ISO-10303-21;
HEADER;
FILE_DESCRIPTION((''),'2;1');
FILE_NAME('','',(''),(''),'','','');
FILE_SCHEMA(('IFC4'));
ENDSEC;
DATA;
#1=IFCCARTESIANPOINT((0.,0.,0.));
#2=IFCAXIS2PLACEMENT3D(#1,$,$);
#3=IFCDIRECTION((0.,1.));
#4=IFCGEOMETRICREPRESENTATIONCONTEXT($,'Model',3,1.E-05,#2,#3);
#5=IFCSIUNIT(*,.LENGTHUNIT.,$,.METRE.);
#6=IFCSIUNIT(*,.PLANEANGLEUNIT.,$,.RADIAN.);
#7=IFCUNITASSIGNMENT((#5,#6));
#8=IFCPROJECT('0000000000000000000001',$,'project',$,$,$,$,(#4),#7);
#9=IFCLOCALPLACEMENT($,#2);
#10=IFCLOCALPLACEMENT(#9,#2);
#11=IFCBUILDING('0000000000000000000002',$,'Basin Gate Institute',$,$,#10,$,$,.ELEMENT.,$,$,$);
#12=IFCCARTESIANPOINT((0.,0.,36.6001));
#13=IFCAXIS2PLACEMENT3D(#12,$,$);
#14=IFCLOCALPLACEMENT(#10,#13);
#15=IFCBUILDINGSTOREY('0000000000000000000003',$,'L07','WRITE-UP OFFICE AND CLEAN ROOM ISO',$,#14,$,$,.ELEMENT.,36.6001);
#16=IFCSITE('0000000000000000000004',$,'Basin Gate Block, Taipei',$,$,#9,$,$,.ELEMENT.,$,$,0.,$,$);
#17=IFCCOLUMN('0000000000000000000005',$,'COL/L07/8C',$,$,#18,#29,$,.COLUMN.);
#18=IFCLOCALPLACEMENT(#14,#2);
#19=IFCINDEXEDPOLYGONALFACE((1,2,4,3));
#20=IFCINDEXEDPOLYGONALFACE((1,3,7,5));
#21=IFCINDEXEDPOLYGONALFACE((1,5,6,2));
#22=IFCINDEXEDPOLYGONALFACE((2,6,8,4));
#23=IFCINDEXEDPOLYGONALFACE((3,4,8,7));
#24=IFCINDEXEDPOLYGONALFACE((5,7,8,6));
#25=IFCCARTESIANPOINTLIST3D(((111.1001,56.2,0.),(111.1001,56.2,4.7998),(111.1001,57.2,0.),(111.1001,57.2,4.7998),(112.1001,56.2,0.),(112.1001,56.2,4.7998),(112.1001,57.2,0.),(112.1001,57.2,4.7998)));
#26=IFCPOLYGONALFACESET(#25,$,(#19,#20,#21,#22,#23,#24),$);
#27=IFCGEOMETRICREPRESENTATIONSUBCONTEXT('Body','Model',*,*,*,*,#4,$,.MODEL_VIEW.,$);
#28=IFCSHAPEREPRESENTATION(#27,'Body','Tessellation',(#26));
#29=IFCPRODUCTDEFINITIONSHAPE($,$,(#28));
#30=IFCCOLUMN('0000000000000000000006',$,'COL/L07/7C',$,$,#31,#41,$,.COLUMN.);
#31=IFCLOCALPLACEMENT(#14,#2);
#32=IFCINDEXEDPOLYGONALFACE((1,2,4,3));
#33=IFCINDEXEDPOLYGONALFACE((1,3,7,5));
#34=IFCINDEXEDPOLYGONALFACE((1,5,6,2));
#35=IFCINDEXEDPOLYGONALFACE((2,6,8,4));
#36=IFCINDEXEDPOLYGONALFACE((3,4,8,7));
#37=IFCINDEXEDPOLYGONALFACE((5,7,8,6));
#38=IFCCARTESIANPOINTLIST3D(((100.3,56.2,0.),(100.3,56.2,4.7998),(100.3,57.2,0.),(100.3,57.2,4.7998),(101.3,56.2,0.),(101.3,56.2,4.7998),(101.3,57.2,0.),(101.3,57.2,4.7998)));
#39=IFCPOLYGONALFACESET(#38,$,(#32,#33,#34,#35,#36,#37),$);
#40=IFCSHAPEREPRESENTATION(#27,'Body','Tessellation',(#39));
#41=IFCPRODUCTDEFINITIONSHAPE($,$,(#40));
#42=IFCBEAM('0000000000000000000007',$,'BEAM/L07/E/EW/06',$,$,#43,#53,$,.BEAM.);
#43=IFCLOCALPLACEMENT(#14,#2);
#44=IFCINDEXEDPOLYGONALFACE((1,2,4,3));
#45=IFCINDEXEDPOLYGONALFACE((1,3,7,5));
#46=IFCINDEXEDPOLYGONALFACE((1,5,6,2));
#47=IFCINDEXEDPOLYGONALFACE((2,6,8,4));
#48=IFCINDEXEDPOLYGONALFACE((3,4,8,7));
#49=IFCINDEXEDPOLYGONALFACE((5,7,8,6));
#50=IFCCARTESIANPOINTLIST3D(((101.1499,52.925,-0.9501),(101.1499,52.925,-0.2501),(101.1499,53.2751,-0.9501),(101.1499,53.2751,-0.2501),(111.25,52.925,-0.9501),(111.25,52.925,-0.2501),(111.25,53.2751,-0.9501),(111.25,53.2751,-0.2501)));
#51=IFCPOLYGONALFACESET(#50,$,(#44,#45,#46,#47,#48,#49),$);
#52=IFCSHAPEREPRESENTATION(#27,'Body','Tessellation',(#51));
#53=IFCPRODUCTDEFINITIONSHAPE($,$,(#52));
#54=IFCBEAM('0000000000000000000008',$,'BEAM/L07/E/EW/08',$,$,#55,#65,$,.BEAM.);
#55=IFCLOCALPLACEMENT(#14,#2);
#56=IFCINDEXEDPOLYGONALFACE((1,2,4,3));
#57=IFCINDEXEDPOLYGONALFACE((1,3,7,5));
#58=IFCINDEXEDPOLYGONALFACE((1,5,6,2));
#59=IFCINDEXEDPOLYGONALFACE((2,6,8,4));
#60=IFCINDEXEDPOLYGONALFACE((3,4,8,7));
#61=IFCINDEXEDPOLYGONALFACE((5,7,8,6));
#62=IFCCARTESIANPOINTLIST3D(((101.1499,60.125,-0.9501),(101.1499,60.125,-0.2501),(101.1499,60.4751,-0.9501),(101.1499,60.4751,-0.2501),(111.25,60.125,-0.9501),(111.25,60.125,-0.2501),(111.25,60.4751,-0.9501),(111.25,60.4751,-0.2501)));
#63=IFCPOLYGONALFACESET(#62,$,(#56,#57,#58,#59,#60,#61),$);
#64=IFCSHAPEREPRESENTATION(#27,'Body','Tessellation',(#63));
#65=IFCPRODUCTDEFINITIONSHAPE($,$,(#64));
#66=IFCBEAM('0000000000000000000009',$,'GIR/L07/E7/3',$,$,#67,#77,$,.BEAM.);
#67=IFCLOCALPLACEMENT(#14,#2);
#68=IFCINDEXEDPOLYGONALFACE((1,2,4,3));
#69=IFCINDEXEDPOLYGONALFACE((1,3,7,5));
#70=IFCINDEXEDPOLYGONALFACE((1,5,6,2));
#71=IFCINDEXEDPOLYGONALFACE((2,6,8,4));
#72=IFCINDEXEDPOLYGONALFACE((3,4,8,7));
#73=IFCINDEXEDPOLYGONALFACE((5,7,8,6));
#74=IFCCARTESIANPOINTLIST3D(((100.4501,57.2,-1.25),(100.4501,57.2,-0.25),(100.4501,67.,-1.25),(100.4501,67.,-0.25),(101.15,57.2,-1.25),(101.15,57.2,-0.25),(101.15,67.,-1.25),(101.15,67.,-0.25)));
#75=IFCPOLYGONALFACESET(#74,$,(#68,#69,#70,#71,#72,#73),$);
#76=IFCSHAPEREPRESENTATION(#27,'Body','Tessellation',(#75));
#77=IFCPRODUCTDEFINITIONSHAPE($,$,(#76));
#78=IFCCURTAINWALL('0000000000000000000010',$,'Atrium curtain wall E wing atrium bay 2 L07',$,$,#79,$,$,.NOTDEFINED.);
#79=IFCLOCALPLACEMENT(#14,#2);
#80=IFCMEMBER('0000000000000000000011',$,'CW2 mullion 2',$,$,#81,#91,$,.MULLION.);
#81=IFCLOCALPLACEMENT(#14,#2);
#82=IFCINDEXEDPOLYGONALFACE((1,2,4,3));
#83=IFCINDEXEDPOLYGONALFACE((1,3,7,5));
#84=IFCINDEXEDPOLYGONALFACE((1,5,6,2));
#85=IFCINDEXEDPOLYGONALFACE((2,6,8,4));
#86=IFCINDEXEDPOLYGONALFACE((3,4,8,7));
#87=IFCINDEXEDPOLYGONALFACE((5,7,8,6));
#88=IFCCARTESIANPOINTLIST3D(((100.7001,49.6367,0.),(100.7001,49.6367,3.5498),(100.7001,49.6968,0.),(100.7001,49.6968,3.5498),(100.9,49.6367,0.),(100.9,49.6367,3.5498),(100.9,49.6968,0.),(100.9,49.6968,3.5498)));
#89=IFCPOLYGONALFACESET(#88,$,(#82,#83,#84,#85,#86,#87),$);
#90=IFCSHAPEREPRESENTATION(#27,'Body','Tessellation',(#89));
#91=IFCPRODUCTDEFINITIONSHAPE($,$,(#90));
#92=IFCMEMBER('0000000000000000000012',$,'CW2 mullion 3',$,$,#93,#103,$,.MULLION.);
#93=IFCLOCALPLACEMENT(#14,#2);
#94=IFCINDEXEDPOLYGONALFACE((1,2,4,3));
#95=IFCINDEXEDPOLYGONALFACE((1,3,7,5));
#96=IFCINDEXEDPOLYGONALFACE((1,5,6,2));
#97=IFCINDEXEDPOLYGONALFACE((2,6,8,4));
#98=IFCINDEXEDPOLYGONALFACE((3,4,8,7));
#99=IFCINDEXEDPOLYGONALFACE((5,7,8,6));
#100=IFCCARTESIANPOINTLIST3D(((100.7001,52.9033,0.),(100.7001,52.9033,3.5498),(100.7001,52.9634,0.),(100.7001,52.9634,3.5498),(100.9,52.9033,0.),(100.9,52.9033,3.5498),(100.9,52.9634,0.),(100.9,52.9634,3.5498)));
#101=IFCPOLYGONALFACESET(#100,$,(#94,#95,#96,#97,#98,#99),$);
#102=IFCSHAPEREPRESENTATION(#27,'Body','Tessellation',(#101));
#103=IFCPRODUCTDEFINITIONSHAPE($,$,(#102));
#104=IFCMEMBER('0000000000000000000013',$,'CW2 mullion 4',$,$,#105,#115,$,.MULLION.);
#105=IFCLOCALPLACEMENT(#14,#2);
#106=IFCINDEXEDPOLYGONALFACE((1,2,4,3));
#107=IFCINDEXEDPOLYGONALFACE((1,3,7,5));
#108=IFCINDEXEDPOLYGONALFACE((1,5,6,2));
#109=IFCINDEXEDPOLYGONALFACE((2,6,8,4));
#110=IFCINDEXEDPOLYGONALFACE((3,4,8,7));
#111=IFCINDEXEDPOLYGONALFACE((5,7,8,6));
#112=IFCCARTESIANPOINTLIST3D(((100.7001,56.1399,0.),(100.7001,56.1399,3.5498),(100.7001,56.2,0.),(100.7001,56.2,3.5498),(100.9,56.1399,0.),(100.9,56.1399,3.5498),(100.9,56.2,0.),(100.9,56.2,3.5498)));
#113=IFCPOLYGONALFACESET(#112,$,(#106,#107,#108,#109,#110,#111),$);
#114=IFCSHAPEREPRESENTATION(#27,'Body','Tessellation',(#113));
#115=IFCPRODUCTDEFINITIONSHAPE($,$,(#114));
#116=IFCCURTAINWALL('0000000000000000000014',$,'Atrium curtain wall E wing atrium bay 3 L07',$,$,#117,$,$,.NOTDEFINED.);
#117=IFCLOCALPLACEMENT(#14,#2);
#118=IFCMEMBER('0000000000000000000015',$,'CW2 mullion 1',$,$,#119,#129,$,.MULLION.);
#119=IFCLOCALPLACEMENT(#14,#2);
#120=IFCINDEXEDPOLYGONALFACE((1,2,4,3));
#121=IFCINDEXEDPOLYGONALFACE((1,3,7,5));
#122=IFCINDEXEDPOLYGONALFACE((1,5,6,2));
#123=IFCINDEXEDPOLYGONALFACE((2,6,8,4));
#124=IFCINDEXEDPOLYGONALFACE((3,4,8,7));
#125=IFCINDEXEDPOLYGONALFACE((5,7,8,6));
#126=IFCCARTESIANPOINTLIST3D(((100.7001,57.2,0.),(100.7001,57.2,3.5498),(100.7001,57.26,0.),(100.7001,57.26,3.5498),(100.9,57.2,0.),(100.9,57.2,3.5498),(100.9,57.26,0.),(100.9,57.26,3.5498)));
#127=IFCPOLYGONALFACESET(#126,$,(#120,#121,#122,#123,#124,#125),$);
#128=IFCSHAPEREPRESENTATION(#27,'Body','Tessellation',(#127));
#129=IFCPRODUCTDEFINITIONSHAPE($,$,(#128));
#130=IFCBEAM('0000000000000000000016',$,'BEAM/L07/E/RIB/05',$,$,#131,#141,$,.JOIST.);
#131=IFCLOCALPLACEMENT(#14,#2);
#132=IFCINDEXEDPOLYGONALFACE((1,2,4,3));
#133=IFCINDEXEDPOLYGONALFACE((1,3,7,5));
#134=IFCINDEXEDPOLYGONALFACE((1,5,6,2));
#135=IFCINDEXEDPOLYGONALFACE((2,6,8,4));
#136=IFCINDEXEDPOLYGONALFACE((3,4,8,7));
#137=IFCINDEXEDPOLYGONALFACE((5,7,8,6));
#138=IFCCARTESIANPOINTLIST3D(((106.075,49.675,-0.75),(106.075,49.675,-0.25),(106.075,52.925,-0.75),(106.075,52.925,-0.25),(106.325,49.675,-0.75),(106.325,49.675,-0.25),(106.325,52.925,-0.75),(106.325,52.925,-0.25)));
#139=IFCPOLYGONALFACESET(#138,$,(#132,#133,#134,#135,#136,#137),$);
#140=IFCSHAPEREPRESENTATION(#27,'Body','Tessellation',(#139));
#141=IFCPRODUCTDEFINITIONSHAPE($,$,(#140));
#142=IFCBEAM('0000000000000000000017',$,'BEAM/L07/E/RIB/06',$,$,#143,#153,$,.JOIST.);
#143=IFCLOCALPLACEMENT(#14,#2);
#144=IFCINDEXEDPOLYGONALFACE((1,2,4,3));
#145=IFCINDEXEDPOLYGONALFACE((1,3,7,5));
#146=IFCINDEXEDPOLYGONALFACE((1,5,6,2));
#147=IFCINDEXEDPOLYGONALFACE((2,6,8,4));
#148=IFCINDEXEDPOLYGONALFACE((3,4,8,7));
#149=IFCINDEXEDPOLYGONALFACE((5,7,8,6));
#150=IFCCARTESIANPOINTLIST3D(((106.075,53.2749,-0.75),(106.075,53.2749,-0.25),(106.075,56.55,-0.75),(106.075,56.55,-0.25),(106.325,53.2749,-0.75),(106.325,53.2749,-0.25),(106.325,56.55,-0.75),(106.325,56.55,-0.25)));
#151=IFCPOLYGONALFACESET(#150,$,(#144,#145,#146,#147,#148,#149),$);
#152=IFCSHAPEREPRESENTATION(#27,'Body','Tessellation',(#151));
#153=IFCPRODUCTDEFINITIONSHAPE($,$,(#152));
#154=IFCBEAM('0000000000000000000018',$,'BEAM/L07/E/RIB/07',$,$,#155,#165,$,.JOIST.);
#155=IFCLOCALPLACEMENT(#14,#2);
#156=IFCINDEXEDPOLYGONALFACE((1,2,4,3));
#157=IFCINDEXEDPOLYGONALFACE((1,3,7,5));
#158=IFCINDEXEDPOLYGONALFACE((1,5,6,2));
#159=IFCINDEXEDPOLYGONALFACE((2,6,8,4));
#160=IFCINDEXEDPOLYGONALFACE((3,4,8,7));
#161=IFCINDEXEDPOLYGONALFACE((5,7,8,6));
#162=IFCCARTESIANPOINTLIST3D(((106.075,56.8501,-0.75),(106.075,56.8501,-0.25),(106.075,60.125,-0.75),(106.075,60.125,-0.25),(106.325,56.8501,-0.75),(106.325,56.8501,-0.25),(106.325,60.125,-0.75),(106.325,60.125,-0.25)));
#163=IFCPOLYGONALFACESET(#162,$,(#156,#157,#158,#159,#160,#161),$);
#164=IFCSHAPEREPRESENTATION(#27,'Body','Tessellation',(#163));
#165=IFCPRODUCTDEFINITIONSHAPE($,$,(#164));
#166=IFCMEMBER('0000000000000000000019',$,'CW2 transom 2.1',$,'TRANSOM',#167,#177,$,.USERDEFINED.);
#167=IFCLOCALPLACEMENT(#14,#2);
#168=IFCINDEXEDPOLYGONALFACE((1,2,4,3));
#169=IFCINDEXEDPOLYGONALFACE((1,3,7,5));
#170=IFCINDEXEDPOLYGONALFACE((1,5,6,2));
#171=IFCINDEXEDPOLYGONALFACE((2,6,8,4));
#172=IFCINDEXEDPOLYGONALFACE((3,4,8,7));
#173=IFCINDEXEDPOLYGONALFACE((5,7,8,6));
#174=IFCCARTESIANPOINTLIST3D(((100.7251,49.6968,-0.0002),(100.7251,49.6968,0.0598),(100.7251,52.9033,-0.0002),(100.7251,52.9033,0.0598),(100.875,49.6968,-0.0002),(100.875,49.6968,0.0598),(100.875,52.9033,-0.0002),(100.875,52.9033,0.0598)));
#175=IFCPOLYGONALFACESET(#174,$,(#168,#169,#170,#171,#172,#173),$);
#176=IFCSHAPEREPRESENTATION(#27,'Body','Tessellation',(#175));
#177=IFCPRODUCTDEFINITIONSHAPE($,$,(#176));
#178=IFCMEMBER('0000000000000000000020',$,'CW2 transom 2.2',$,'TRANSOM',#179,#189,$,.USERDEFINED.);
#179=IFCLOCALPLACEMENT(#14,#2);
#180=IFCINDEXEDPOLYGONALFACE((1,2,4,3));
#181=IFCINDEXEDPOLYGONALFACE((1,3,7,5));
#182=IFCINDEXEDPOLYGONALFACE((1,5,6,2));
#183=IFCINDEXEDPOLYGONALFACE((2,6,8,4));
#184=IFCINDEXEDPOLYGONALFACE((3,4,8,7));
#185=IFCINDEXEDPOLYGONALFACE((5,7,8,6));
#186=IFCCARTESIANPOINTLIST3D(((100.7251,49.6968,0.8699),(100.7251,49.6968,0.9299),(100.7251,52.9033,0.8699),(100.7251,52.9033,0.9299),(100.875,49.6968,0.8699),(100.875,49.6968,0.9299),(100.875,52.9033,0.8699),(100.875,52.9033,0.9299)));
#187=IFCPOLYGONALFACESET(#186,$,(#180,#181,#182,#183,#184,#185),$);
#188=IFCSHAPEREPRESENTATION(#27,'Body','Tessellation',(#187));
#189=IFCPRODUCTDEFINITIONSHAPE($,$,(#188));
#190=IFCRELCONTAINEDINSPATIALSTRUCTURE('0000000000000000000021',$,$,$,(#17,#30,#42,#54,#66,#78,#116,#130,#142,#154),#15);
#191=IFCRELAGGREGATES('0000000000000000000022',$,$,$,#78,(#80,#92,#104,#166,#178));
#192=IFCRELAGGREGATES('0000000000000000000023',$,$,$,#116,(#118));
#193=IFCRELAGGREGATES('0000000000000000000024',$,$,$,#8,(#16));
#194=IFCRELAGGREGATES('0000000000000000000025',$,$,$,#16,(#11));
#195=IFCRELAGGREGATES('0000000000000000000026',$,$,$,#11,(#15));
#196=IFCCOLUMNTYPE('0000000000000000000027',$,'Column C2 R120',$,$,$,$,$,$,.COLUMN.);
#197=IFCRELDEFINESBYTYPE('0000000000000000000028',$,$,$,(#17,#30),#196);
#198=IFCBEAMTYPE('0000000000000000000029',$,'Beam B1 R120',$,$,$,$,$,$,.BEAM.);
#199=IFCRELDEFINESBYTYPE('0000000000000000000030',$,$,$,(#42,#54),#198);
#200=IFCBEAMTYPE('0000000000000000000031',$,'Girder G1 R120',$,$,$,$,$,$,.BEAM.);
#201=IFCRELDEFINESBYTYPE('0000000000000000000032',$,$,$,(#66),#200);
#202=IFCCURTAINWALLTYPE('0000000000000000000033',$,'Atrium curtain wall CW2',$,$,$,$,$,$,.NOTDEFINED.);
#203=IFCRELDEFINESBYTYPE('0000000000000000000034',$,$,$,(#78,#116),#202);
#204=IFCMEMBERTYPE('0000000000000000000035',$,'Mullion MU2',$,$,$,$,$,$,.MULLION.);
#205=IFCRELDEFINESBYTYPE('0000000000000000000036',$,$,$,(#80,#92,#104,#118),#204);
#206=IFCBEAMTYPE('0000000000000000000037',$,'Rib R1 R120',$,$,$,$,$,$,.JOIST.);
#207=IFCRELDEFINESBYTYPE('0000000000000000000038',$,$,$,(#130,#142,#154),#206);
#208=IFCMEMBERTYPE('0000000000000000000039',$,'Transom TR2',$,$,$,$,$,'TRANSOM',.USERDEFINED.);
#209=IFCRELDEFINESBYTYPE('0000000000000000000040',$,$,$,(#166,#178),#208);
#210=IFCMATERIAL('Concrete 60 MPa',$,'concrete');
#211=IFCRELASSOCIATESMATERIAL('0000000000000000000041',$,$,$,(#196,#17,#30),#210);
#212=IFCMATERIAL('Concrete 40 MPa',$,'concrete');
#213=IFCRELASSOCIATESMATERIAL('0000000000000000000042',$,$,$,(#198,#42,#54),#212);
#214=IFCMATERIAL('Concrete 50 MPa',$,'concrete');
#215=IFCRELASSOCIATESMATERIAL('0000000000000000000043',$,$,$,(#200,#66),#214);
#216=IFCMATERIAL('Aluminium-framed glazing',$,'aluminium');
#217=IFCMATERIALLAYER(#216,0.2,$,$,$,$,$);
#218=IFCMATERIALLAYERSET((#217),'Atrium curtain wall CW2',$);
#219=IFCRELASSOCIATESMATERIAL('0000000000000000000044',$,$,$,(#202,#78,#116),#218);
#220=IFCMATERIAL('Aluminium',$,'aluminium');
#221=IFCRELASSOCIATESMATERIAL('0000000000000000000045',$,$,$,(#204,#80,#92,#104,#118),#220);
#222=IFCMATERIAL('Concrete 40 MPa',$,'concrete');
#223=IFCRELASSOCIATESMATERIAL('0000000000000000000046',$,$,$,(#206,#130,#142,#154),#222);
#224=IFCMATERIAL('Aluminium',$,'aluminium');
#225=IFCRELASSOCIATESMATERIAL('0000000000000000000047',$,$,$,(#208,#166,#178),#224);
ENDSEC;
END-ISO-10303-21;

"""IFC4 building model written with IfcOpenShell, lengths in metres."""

from ifc_helpers import new_model, si_unit, direction, frame, origin, origin_2d, place, context, subcontext, project, spatial, rectangle, extrude, material, layer, layer_set, material_profile, profile_set, type_object, element, aggregate, save


model = new_model("IFC4")

# Units and contexts
model_context = context("Model", 3, precision=1e-05, world=origin(), true_north=direction((0.0, 1.0)))
body_context = subcontext(model_context, "Body", "Model", "MODEL_VIEW")
ifc_project = project(units=[si_unit("LENGTHUNIT", "METRE"), si_unit("PLANEANGLEUNIT", "RADIAN")], contexts=[model_context])

# Site, building, storey
site_placement = place(None, origin())
site = spatial("IfcSite", under=ifc_project, at=site_placement, Name="Basin Gate Block, Taipei", CompositionType="ELEMENT", RefElevation=0.0)
building_placement = place(site_placement, origin())
building = spatial("IfcBuilding", under=site, at=building_placement, Name="Basin Gate Institute", CompositionType="ELEMENT")
storey_placement = place(building_placement, frame((0.0, 0.0, 36.6001)))
storey = spatial("IfcBuildingStorey", under=building, at=storey_placement, Name="L07", Description="WRITE-UP OFFICE AND CLEAN ROOM ISO", CompositionType="ELEMENT", Elevation=36.6001)

# Columns
ifc_material_1 = material(Name="Concrete 60 MPa", Category="concrete")
ifc_material_profile_1 = material_profile(ifc_material_1, rectangle(XDim=1.0, YDim=1.0, at=origin_2d()), Name="Column C2 1000 x 1000")
ifc_profile_set_1 = profile_set([ifc_material_profile_1], Name="Concrete 60 MPa")
column_type = type_object("IfcColumnType", Name="Column C2 R120", PredefinedType="COLUMN", material=ifc_profile_set_1)
for number, where, z_axis, x_axis, name in (
    (1, (111.6001, 56.7, 0.0), (0.0, 0.0, 1.0), (1.0, 0.0, 0.0), "COL/L07/8C"),
    (2, (100.8, 56.7, 0.0), (0.0, 0.0, 1.0), (1.0, 0.0, 0.0), "COL/L07/7C"),
):
    element("IfcColumn", number, at=place(storey_placement, frame(where, z_axis=z_axis, x_axis=x_axis)), inside=storey, type_object=column_type, material=ifc_profile_set_1, Name=name, PredefinedType="COLUMN", context=body_context, shape_type="SweptSolid", body=[
        extrude(rectangle(XDim=1.0, YDim=1.0, at=origin_2d()), origin(), (0.0, 0.0, 1.0), 4.7998),
    ])

# Beams
ifc_material_2 = material(Name="Concrete 40 MPa", Category="concrete")
ifc_material_profile_2 = material_profile(ifc_material_2, rectangle(XDim=0.3501, YDim=0.7, at=origin_2d()), Name="Beam B1 350 x 700")
ifc_profile_set_2 = profile_set([ifc_material_profile_2], Name="Concrete 40 MPa")
beam_type_1 = type_object("IfcBeamType", Name="Beam B1 R120", PredefinedType="BEAM", material=ifc_profile_set_2)
for number, where, z_axis, x_axis, name in (
    (3, (111.25, 53.1001, -0.6001), (-1.0, 0.0, 0.0), (0.0, -1.0, 0.0), "BEAM/L07/E/EW/06"),
    (4, (111.25, 60.3, -0.6001), (-1.0, 0.0, 0.0), (0.0, -1.0, 0.0), "BEAM/L07/E/EW/08"),
):
    element("IfcBeam", number, at=place(storey_placement, frame(where, z_axis=z_axis, x_axis=x_axis)), inside=storey, type_object=beam_type_1, material=ifc_profile_set_2, Name=name, PredefinedType="BEAM", context=body_context, shape_type="SweptSolid", body=[
        extrude(rectangle(XDim=0.3501, YDim=0.7, at=origin_2d()), origin(), (0.0, 0.0, 1.0), 10.1001),
    ])
ifc_material_3 = material(Name="Concrete 50 MPa", Category="concrete")
ifc_material_profile_3 = material_profile(ifc_material_3, rectangle(XDim=0.7, YDim=1.0, at=origin_2d()), Name="Girder G1 700 x 1000")
ifc_profile_set_3 = profile_set([ifc_material_profile_3], Name="Concrete 50 MPa")
beam_type_2 = type_object("IfcBeamType", Name="Girder G1 R120", PredefinedType="BEAM", material=ifc_profile_set_3)
beam_1_placement = place(storey_placement, frame((100.8, 57.2, -0.75), z_axis=(0.0, 1.0, 0.0), x_axis=(-1.0, 0.0, 0.0)))
element("IfcBeam", 5, at=beam_1_placement, inside=storey, type_object=beam_type_2, material=ifc_profile_set_3, Name="GIR/L07/E7/3", PredefinedType="BEAM", context=body_context, shape_type="SweptSolid", body=[
    extrude(rectangle(XDim=0.7, YDim=1.0, at=origin_2d()), origin(), (0.0, 0.0, 1.0), 9.8),
])

# Curtain wall, members
ifc_material_4 = material(Name="Aluminium-framed glazing", Category="aluminium")
ifc_layer_1 = layer(ifc_material_4, 0.2)
ifc_layer_set_1 = layer_set([ifc_layer_1], Name="Atrium curtain wall CW2")
curtain_wall_type = type_object("IfcCurtainWallType", Name="Atrium curtain wall CW2", PredefinedType="NOTDEFINED", material=ifc_layer_set_1)
curtain_wall_1_placement = place(storey_placement, origin())
curtain_wall_1 = element("IfcCurtainWall", 6, at=curtain_wall_1_placement, inside=storey, type_object=curtain_wall_type, material=ifc_layer_set_1, Name="Atrium curtain wall E wing atrium bay 2 L07", PredefinedType="NOTDEFINED")
ifc_material_5 = material(Name="Aluminium", Category="aluminium")
ifc_material_profile_4 = material_profile(ifc_material_5, rectangle(XDim=0.2, YDim=0.0601, at=origin_2d()), Name="Mullion MU2 200 x 60")
ifc_profile_set_4 = profile_set([ifc_material_profile_4], Name="Aluminium")
member_type_1 = type_object("IfcMemberType", Name="Mullion MU2", PredefinedType="MULLION", material=ifc_profile_set_4)
member_1_placement = place(storey_placement, frame((100.8, 49.6667, 0.0), z_axis=(0.0, 0.0, 1.0), x_axis=(-1.0, 0.0, 0.0)))
member_1 = element("IfcMember", 7, at=member_1_placement, type_object=member_type_1, material=ifc_profile_set_4, Name="CW2 mullion 2", PredefinedType="MULLION", context=body_context, shape_type="SweptSolid", body=[
    extrude(rectangle(XDim=0.2, YDim=0.0601, at=origin_2d()), origin(), (0.0, 0.0, 1.0), 3.5498),
])
member_2_placement = place(storey_placement, frame((100.8, 52.9333, 0.0), z_axis=(0.0, 0.0, 1.0), x_axis=(-1.0, 0.0, 0.0)))
member_2 = element("IfcMember", 8, at=member_2_placement, type_object=member_type_1, material=ifc_profile_set_4, Name="CW2 mullion 3", PredefinedType="MULLION", context=body_context, shape_type="SweptSolid", body=[
    extrude(rectangle(XDim=0.2, YDim=0.0601, at=origin_2d()), origin(), (0.0, 0.0, 1.0), 3.5498),
])
member_3_placement = place(storey_placement, frame((100.8, 56.1699, 0.0), z_axis=(0.0, 0.0, 1.0), x_axis=(-1.0, 0.0, 0.0)))
member_3 = element("IfcMember", 9, at=member_3_placement, type_object=member_type_1, material=ifc_profile_set_4, Name="CW2 mullion 4", PredefinedType="MULLION", context=body_context, shape_type="SweptSolid", body=[
    extrude(rectangle(XDim=0.2, YDim=0.0601, at=origin_2d()), origin(), (0.0, 0.0, 1.0), 3.5498),
])

# Curtain wall, member
curtain_wall_2_placement = place(storey_placement, origin())
curtain_wall_2 = element("IfcCurtainWall", 10, at=curtain_wall_2_placement, inside=storey, type_object=curtain_wall_type, material=ifc_layer_set_1, Name="Atrium curtain wall E wing atrium bay 3 L07", PredefinedType="NOTDEFINED")
member_4_placement = place(storey_placement, frame((100.8, 57.23, 0.0), z_axis=(0.0, 0.0, 1.0), x_axis=(-1.0, 0.0, 0.0)))
member_4 = element("IfcMember", 11, at=member_4_placement, type_object=member_type_1, material=ifc_profile_set_4, Name="CW2 mullion 1", PredefinedType="MULLION", context=body_context, shape_type="SweptSolid", body=[
    extrude(rectangle(XDim=0.2, YDim=0.0601, at=origin_2d()), origin(), (0.0, 0.0, 1.0), 3.5498),
])

# Beams
ifc_material_6 = material(Name="Concrete 40 MPa", Category="concrete")
ifc_material_profile_5 = material_profile(ifc_material_6, rectangle(XDim=0.25, YDim=0.5, at=origin_2d()), Name="Rib R1 250 x 500")
ifc_profile_set_5 = profile_set([ifc_material_profile_5], Name="Concrete 40 MPa")
beam_type_3 = type_object("IfcBeamType", Name="Rib R1 R120", PredefinedType="JOIST", material=ifc_profile_set_5)
beam_2_placement = place(storey_placement, frame((106.2, 49.675, -0.5), z_axis=(0.0, 1.0, 0.0), x_axis=(-1.0, 0.0, 0.0)))
element("IfcBeam", 12, at=beam_2_placement, inside=storey, type_object=beam_type_3, material=ifc_profile_set_5, Name="BEAM/L07/E/RIB/05", PredefinedType="JOIST", context=body_context, shape_type="SweptSolid", body=[
    extrude(rectangle(XDim=0.25, YDim=0.5, at=origin_2d()), origin(), (0.0, 0.0, 1.0), 3.25),
])
beam_3_placement = place(storey_placement, frame((106.2, 53.2749, -0.5), z_axis=(0.0, 1.0, 0.0), x_axis=(-1.0, 0.0, 0.0)))
element("IfcBeam", 13, at=beam_3_placement, inside=storey, type_object=beam_type_3, material=ifc_profile_set_5, Name="BEAM/L07/E/RIB/06", PredefinedType="JOIST", context=body_context, shape_type="SweptSolid", body=[
    extrude(rectangle(XDim=0.25, YDim=0.5, at=origin_2d()), origin(), (0.0, 0.0, 1.0), 3.2751),
])
beam_4_placement = place(storey_placement, frame((106.2, 56.8501, -0.5), z_axis=(0.0, 1.0, 0.0), x_axis=(-1.0, 0.0, 0.0)))
element("IfcBeam", 14, at=beam_4_placement, inside=storey, type_object=beam_type_3, material=ifc_profile_set_5, Name="BEAM/L07/E/RIB/07", PredefinedType="JOIST", context=body_context, shape_type="SweptSolid", body=[
    extrude(rectangle(XDim=0.25, YDim=0.5, at=origin_2d()), origin(), (0.0, 0.0, 1.0), 3.2749),
])

# Members
ifc_material_7 = material(Name="Aluminium", Category="aluminium")
ifc_material_profile_6 = material_profile(ifc_material_7, rectangle(XDim=0.1499, YDim=0.0601, at=origin_2d()), Name="Transom TR2 150 x 60")
ifc_profile_set_6 = profile_set([ifc_material_profile_6], Name="Aluminium")
member_type_2 = type_object("IfcMemberType", Name="Transom TR2", ElementType="TRANSOM", PredefinedType="USERDEFINED", material=ifc_profile_set_6)
member_5_placement = place(storey_placement, frame((100.8, 49.6968, 0.0298), z_axis=(0.0, 1.0, 0.0), x_axis=(-1.0, 0.0, 0.0)))
member_5 = element("IfcMember", 15, at=member_5_placement, type_object=member_type_2, material=ifc_profile_set_6, Name="CW2 transom 2.1", ObjectType="TRANSOM", PredefinedType="USERDEFINED", context=body_context, shape_type="SweptSolid", body=[
    extrude(rectangle(XDim=0.1499, YDim=0.0601, at=origin_2d()), origin(), (0.0, 0.0, 1.0), 3.2065),
])
member_6_placement = place(storey_placement, frame((100.8, 49.6968, 0.8999), z_axis=(0.0, 1.0, 0.0), x_axis=(-1.0, 0.0, 0.0)))
member_6 = element("IfcMember", 16, at=member_6_placement, type_object=member_type_2, material=ifc_profile_set_6, Name="CW2 transom 2.2", ObjectType="TRANSOM", PredefinedType="USERDEFINED", context=body_context, shape_type="SweptSolid", body=[
    extrude(rectangle(XDim=0.1499, YDim=0.0601, at=origin_2d()), origin(), (0.0, 0.0, 1.0), 3.2065),
])

aggregate(curtain_wall_1, [member_1, member_2, member_3, member_5, member_6])
aggregate(curtain_wall_2, [member_4])

save(model, "model.ifc")
